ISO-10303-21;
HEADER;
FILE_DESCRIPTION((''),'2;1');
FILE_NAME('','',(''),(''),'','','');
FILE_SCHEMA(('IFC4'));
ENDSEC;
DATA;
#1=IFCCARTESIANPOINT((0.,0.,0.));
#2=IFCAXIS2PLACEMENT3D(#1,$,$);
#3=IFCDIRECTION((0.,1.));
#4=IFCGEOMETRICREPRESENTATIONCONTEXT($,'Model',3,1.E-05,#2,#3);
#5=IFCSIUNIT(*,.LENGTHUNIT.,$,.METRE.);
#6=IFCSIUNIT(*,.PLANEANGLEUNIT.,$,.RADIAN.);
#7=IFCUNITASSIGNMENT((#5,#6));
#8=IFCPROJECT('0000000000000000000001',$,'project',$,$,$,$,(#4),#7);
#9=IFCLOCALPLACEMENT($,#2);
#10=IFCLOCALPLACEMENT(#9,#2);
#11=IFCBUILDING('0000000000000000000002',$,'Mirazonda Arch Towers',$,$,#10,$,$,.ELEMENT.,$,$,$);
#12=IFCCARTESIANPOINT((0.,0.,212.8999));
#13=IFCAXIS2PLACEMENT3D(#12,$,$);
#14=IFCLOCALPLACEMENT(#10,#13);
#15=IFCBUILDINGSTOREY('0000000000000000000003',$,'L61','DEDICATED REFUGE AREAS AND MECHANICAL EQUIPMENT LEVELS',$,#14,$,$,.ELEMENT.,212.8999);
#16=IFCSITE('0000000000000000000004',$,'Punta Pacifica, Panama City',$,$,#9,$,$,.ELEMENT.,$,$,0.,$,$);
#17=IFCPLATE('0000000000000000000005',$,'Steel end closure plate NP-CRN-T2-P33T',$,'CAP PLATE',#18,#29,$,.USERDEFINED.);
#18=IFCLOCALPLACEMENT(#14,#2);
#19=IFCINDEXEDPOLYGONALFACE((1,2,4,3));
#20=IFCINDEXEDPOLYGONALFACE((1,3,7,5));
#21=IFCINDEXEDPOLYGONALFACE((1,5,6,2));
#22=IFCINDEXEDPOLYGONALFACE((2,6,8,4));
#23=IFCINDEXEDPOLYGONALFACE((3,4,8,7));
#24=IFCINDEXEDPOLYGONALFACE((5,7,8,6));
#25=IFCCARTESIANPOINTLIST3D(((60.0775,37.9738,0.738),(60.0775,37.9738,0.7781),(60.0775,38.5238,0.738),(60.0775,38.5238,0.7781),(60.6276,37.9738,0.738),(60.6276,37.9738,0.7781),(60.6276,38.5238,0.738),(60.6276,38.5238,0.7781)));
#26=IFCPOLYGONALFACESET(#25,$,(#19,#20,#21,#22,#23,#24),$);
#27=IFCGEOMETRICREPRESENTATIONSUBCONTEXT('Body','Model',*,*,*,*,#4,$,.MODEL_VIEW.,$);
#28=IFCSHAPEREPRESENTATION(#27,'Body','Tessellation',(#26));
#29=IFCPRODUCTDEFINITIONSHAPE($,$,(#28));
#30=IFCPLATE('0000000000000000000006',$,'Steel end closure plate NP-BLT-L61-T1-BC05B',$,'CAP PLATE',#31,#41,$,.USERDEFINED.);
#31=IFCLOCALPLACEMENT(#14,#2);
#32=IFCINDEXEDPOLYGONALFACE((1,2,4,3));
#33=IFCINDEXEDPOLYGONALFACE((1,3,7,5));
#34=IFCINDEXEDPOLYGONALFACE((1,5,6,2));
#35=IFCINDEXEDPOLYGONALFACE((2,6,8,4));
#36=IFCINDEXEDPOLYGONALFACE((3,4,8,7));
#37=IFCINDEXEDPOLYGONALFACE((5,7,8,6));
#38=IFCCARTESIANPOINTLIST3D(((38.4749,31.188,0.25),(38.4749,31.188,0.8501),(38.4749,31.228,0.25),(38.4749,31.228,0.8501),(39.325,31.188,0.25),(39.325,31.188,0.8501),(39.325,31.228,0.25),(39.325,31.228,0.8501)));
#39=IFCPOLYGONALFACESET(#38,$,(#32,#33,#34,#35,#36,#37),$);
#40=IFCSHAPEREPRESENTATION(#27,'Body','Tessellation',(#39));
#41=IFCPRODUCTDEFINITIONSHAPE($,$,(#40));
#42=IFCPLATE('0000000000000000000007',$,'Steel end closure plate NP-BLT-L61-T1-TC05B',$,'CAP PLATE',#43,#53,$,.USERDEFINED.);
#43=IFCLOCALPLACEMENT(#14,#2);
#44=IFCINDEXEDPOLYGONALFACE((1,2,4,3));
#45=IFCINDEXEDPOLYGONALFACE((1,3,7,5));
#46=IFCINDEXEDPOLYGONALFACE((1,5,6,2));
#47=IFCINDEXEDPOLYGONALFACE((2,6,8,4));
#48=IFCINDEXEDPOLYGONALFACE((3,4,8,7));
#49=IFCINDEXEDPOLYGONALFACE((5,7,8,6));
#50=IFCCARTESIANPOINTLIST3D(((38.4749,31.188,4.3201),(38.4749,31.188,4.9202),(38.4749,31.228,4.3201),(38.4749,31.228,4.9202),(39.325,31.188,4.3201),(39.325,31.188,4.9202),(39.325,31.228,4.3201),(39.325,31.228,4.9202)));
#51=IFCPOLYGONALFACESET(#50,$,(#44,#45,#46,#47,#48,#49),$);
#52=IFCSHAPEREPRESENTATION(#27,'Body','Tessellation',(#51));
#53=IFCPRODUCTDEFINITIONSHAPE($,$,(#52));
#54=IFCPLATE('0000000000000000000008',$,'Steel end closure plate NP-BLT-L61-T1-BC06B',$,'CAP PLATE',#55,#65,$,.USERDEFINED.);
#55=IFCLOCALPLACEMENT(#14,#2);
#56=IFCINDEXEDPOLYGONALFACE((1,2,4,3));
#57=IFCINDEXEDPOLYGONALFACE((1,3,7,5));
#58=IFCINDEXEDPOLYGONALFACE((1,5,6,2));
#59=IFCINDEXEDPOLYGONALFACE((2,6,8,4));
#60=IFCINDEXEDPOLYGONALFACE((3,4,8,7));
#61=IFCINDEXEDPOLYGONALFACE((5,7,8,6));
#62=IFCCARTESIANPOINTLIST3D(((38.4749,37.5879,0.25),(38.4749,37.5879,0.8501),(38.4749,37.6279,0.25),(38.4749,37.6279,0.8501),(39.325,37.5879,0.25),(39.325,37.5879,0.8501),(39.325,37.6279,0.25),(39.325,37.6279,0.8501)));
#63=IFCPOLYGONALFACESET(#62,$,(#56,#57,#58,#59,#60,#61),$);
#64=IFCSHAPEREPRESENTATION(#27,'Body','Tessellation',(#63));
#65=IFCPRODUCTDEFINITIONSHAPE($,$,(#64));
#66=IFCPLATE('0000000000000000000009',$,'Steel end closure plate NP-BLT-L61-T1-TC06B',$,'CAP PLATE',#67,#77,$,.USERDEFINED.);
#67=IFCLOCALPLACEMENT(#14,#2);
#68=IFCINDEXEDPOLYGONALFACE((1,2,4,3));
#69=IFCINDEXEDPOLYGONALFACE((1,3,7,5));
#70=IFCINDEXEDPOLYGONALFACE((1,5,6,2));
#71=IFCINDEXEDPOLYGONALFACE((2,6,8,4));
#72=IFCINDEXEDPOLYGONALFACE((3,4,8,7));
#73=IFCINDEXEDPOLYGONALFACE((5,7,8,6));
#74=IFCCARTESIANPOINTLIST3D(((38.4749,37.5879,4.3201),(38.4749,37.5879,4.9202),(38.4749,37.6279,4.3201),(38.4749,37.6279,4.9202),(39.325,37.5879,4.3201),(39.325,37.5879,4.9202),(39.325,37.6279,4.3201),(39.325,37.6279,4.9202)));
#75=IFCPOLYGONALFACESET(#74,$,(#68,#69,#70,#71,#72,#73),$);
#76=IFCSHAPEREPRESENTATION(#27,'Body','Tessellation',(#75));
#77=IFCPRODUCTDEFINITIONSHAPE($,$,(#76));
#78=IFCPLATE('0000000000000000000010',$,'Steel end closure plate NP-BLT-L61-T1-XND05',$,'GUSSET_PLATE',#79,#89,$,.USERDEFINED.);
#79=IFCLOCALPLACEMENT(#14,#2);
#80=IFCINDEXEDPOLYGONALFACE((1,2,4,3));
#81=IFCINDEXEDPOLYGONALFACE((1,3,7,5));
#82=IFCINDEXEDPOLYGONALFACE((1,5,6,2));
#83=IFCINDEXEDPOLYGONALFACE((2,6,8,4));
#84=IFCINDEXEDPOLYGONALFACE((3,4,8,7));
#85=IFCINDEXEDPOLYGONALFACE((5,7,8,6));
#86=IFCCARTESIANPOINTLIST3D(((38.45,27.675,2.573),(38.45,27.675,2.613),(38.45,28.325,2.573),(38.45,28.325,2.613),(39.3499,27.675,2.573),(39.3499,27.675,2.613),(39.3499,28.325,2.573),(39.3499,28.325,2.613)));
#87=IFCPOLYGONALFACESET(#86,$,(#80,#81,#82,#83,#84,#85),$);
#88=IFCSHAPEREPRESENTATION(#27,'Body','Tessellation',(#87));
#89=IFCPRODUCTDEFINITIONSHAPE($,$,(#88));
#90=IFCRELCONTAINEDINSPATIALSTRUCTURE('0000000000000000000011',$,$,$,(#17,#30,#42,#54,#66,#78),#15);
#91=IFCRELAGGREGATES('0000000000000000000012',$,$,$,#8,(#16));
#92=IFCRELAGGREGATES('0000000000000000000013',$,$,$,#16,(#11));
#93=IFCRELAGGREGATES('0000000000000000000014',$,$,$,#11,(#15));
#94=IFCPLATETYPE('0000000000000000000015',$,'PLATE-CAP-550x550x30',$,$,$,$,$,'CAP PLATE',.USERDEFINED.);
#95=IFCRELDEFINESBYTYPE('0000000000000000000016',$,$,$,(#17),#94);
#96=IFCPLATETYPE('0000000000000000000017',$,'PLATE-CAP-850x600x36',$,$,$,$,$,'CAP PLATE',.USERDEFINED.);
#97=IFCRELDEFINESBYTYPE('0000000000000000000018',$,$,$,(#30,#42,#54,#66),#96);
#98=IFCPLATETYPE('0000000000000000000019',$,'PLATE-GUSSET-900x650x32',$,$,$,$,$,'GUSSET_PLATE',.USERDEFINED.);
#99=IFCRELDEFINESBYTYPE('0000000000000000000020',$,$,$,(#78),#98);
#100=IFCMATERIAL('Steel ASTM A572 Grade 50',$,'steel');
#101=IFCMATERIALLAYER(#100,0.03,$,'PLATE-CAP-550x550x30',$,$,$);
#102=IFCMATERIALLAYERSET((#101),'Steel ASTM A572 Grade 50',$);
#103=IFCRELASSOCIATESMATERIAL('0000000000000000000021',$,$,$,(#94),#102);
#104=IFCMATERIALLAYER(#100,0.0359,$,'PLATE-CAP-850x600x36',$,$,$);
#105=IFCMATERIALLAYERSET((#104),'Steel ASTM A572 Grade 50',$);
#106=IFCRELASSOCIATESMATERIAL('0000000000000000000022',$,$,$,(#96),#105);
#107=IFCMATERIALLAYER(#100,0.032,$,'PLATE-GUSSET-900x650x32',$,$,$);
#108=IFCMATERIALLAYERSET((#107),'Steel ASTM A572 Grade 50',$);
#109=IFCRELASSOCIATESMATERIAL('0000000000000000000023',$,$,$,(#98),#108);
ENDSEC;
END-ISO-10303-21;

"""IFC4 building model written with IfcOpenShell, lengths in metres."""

from ifc_helpers import new_model, si_unit, direction, frame, origin, origin_2d, place, context, subcontext, project, spatial, rectangle, extrude, material, layer, layer_set, type_object, element, save


model = new_model("IFC4")

# Units and contexts
model_context = context("Model", 3, precision=1e-05, world=origin(), true_north=direction((0.0, 1.0)))
body_context = subcontext(model_context, "Body", "Model", "MODEL_VIEW")
ifc_project = project(units=[si_unit("LENGTHUNIT", "METRE"), si_unit("PLANEANGLEUNIT", "RADIAN")], contexts=[model_context])

# Site, building, storey
site_placement = place(None, origin())
site = spatial("IfcSite", under=ifc_project, at=site_placement, Name="Punta Pacifica, Panama City", CompositionType="ELEMENT", RefElevation=0.0)
building_placement = place(site_placement, origin())
building = spatial("IfcBuilding", under=site, at=building_placement, Name="Mirazonda Arch Towers", CompositionType="ELEMENT")
storey_placement = place(building_placement, frame((0.0, 0.0, 212.8999)))
storey = spatial("IfcBuildingStorey", under=building, at=storey_placement, Name="L61", Description="DEDICATED REFUGE AREAS AND MECHANICAL EQUIPMENT LEVELS", CompositionType="ELEMENT", Elevation=212.8999)

# Shared definitions
ifc_material_1 = material(Name="Steel ASTM A572 Grade 50", Category="steel")

# Plates
ifc_layer_1 = layer(ifc_material_1, 0.03, Name="PLATE-CAP-550x550x30")
ifc_layer_set_1 = layer_set([ifc_layer_1], Name="Steel ASTM A572 Grade 50")
plate_type_1 = type_object("IfcPlateType", Name="PLATE-CAP-550x550x30", ElementType="CAP PLATE", PredefinedType="USERDEFINED", material=ifc_layer_set_1)
for number, where, z_axis, x_axis, name in (
    (1, (60.3525, 38.2488, 0.738), (0.0, 0.0, 1.0), (1.0, 0.0, 0.0), "Steel end closure plate NP-CRN-T2-P33T"),
):
    element("IfcPlate", number, at=place(storey_placement, frame(where, z_axis=z_axis, x_axis=x_axis)), inside=storey, type_object=plate_type_1, Name=name, ObjectType="CAP PLATE", PredefinedType="USERDEFINED", context=body_context, shape_type="SweptSolid", body=[
        extrude(rectangle(XDim=0.55, YDim=0.55, at=origin_2d()), origin(), (0.0, 0.0, 1.0), 0.04),
    ])
ifc_layer_2 = layer(ifc_material_1, 0.0359, Name="PLATE-CAP-850x600x36")
ifc_layer_set_2 = layer_set([ifc_layer_2], Name="Steel ASTM A572 Grade 50")
plate_type_2 = type_object("IfcPlateType", Name="PLATE-CAP-850x600x36", ElementType="CAP PLATE", PredefinedType="USERDEFINED", material=ifc_layer_set_2)
for number, where, z_axis, x_axis, name in (
    (2, (38.8999, 31.208, 0.25), (0.0, 0.0, 1.0), (0.0, 1.0, 0.0), "Steel end closure plate NP-BLT-L61-T1-BC05B"),
    (3, (38.8999, 31.208, 4.3201), (0.0, 0.0, 1.0), (0.0, 1.0, 0.0), "Steel end closure plate NP-BLT-L61-T1-TC05B"),
    (4, (38.8999, 37.6079, 0.25), (0.0, 0.0, 1.0), (0.0, 1.0, 0.0), "Steel end closure plate NP-BLT-L61-T1-BC06B"),
    (5, (38.8999, 37.6079, 4.3201), (0.0, 0.0, 1.0), (0.0, 1.0, 0.0), "Steel end closure plate NP-BLT-L61-T1-TC06B"),
):
    element("IfcPlate", number, at=place(storey_placement, frame(where, z_axis=z_axis, x_axis=x_axis)), inside=storey, type_object=plate_type_2, Name=name, ObjectType="CAP PLATE", PredefinedType="USERDEFINED", context=body_context, shape_type="SweptSolid", body=[
        extrude(rectangle(XDim=0.04, YDim=0.8501, at=origin_2d()), origin(), (0.0, 0.0, 1.0), 0.6001),
    ])
ifc_layer_3 = layer(ifc_material_1, 0.032, Name="PLATE-GUSSET-900x650x32")
ifc_layer_set_3 = layer_set([ifc_layer_3], Name="Steel ASTM A572 Grade 50")
plate_type_3 = type_object("IfcPlateType", Name="PLATE-GUSSET-900x650x32", ElementType="GUSSET_PLATE", PredefinedType="USERDEFINED", material=ifc_layer_set_3)
plate_placement = place(storey_placement, frame((38.8999, 28.0, 2.573), z_axis=(0.0, 0.0, 1.0), x_axis=(1.0, 0.0, 0.0)))
element("IfcPlate", 6, at=plate_placement, inside=storey, type_object=plate_type_3, Name="Steel end closure plate NP-BLT-L61-T1-XND05", ObjectType="GUSSET_PLATE", PredefinedType="USERDEFINED", context=body_context, shape_type="SweptSolid", body=[
    extrude(rectangle(XDim=0.8999, YDim=0.6499, at=origin_2d()), origin(), (0.0, 0.0, 1.0), 0.04),
])

save(model, "model.ifc")
